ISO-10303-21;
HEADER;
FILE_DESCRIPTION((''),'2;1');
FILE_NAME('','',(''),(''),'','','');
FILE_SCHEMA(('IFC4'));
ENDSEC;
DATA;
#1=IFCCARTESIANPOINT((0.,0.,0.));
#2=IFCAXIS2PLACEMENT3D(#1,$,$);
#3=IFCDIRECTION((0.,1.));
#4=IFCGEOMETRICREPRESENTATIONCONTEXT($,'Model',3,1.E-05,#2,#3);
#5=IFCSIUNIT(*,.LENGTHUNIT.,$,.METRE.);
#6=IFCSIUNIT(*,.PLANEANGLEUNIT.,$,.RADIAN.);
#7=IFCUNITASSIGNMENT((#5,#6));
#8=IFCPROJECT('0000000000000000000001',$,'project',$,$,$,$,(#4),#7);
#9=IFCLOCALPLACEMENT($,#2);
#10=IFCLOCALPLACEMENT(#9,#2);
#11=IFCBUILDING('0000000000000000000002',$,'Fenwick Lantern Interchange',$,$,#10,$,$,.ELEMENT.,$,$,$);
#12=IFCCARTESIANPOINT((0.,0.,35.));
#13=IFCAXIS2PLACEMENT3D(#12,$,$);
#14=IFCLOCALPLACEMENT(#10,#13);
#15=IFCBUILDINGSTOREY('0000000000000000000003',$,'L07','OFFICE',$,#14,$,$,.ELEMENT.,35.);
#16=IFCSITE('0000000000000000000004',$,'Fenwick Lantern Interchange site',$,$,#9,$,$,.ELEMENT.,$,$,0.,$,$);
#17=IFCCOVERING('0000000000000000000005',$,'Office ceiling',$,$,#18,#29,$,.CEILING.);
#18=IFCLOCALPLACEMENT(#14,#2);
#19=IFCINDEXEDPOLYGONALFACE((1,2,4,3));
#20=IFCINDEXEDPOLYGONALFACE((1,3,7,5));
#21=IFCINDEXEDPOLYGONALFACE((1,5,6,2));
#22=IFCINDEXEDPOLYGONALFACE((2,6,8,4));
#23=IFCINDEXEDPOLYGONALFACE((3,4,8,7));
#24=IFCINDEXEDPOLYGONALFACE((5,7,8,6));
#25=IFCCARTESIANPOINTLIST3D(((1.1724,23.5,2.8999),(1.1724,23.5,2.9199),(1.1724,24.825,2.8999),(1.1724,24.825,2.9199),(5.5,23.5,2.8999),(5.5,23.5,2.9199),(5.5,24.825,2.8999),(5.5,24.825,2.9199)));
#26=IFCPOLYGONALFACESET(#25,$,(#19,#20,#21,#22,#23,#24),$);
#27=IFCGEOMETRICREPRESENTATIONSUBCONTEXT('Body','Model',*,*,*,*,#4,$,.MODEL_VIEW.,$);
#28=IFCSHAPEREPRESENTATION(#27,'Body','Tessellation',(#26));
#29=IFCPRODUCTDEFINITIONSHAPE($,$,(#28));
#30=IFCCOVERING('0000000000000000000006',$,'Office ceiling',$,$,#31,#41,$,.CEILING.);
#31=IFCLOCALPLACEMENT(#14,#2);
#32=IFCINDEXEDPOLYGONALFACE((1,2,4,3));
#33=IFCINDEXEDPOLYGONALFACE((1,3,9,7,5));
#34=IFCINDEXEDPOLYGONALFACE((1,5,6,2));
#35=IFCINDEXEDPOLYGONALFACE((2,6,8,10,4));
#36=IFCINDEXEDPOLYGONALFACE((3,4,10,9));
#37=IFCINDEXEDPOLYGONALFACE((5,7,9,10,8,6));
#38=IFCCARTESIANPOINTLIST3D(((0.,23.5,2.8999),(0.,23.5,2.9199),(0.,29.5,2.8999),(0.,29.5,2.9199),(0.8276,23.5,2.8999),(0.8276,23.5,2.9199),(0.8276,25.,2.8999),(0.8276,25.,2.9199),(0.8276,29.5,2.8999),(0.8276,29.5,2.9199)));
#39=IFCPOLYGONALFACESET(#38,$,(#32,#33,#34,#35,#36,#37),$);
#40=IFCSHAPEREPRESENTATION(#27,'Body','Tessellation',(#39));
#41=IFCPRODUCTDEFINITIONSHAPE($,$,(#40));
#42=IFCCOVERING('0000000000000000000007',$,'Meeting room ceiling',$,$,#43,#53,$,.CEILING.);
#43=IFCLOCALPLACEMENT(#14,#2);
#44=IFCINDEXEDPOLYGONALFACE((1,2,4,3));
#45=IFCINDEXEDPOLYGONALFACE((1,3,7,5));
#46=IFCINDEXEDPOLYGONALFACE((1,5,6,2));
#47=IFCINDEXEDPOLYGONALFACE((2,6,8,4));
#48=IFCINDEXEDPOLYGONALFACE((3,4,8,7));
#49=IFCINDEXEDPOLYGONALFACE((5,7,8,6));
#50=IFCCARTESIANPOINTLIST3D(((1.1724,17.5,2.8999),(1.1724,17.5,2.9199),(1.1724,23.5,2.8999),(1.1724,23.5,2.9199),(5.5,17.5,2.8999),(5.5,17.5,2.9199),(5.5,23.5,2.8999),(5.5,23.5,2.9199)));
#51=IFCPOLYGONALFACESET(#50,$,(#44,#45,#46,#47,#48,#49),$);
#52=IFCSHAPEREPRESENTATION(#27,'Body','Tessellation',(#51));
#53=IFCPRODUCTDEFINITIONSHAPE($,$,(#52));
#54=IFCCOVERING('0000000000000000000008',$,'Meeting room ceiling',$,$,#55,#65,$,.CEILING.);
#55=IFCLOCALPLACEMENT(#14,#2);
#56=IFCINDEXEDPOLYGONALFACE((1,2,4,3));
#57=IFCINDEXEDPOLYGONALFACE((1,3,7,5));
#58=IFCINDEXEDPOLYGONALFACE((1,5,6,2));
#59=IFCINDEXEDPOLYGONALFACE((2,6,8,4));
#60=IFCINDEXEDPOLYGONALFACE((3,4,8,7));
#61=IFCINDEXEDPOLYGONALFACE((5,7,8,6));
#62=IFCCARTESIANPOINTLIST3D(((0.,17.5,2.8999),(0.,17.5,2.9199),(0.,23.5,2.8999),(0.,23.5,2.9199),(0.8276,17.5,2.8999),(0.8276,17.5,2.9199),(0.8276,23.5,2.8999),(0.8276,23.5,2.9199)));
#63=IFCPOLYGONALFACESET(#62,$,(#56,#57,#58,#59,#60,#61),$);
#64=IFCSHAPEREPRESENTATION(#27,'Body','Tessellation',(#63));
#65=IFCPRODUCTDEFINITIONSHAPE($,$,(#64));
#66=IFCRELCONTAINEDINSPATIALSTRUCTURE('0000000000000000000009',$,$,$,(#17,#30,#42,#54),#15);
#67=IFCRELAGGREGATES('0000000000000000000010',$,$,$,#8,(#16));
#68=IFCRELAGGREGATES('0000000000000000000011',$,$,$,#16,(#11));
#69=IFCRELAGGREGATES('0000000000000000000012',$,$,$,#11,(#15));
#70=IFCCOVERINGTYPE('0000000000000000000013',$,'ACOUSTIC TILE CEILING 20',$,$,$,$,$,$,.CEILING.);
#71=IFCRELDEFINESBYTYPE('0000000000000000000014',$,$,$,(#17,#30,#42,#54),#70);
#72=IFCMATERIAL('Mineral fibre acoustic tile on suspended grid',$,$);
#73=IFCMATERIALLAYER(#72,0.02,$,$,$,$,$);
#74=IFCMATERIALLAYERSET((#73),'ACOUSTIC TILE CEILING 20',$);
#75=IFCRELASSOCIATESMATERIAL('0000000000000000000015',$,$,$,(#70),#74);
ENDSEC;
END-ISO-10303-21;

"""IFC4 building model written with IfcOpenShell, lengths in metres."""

from ifc_helpers import new_model, si_unit, direction, frame, origin, place, context, subcontext, project, spatial, polyline, outline, extrude, material, layer, layer_set, type_object, element, save


model = new_model("IFC4")

# Units and contexts
model_context = context("Model", 3, precision=1e-05, world=origin(), true_north=direction((0.0, 1.0)))
body_context = subcontext(model_context, "Body", "Model", "MODEL_VIEW")
ifc_project = project(units=[si_unit("LENGTHUNIT", "METRE"), si_unit("PLANEANGLEUNIT", "RADIAN")], contexts=[model_context])

# Site, building, storey
site_placement = place(None, origin())
site = spatial("IfcSite", under=ifc_project, at=site_placement, Name="Fenwick Lantern Interchange site", CompositionType="ELEMENT", RefElevation=0.0)
building_placement = place(site_placement, origin())
building = spatial("IfcBuilding", under=site, at=building_placement, Name="Fenwick Lantern Interchange", CompositionType="ELEMENT")
storey_placement = place(building_placement, frame((0.0, 0.0, 35.0)))
storey = spatial("IfcBuildingStorey", under=building, at=storey_placement, Name="L07", Description="OFFICE", CompositionType="ELEMENT", Elevation=35.0)

# Coverings
ifc_material = material(Name="Mineral fibre acoustic tile on suspended grid")
ifc_layer = layer(ifc_material, 0.02)
ifc_layer_set = layer_set([ifc_layer], Name="ACOUSTIC TILE CEILING 20")
covering_type = type_object("IfcCoveringType", Name="ACOUSTIC TILE CEILING 20", PredefinedType="CEILING", material=ifc_layer_set)
covering_1_placement = place(storey_placement, frame((0.0, 0.0, 2.8999)))
element("IfcCovering", 1, at=covering_1_placement, inside=storey, type_object=covering_type, Name="Office ceiling", PredefinedType="CEILING", context=body_context, shape_type="SweptSolid", body=[
    extrude(outline(polyline([(5.5, 23.5), (5.5, 24.825), (1.1724, 24.825), (1.1724, 23.5), (5.5, 23.5)])), origin(), (0.0, 0.0, 1.0), 0.02),
])
covering_2_placement = place(storey_placement, frame((0.0, 0.0, 2.8999)))
element("IfcCovering", 2, at=covering_2_placement, inside=storey, type_object=covering_type, Name="Office ceiling", PredefinedType="CEILING", context=body_context, shape_type="SweptSolid", body=[
    extrude(outline(polyline([(0.0, 23.5), (0.8276, 23.5), (0.8276, 25.0), (0.8276, 29.5), (0.0, 29.5), (0.0, 23.5)])), origin(), (0.0, 0.0, 1.0), 0.02),
])
covering_3_placement = place(storey_placement, frame((0.0, 0.0, 2.8999)))
element("IfcCovering", 3, at=covering_3_placement, inside=storey, type_object=covering_type, Name="Meeting room ceiling", PredefinedType="CEILING", context=body_context, shape_type="SweptSolid", body=[
    extrude(outline(polyline([(5.5, 23.5), (1.1724, 23.5), (1.1724, 17.5), (5.5, 17.5), (5.5, 23.5)])), origin(), (0.0, 0.0, 1.0), 0.02),
])
covering_4_placement = place(storey_placement, frame((0.0, 0.0, 2.8999)))
element("IfcCovering", 4, at=covering_4_placement, inside=storey, type_object=covering_type, Name="Meeting room ceiling", PredefinedType="CEILING", context=body_context, shape_type="SweptSolid", body=[
    extrude(outline(polyline([(0.0, 17.5), (0.8276, 17.5), (0.8276, 23.5), (0.0, 23.5), (0.0, 17.5)])), origin(), (0.0, 0.0, 1.0), 0.02),
])

save(model, "model.ifc")
